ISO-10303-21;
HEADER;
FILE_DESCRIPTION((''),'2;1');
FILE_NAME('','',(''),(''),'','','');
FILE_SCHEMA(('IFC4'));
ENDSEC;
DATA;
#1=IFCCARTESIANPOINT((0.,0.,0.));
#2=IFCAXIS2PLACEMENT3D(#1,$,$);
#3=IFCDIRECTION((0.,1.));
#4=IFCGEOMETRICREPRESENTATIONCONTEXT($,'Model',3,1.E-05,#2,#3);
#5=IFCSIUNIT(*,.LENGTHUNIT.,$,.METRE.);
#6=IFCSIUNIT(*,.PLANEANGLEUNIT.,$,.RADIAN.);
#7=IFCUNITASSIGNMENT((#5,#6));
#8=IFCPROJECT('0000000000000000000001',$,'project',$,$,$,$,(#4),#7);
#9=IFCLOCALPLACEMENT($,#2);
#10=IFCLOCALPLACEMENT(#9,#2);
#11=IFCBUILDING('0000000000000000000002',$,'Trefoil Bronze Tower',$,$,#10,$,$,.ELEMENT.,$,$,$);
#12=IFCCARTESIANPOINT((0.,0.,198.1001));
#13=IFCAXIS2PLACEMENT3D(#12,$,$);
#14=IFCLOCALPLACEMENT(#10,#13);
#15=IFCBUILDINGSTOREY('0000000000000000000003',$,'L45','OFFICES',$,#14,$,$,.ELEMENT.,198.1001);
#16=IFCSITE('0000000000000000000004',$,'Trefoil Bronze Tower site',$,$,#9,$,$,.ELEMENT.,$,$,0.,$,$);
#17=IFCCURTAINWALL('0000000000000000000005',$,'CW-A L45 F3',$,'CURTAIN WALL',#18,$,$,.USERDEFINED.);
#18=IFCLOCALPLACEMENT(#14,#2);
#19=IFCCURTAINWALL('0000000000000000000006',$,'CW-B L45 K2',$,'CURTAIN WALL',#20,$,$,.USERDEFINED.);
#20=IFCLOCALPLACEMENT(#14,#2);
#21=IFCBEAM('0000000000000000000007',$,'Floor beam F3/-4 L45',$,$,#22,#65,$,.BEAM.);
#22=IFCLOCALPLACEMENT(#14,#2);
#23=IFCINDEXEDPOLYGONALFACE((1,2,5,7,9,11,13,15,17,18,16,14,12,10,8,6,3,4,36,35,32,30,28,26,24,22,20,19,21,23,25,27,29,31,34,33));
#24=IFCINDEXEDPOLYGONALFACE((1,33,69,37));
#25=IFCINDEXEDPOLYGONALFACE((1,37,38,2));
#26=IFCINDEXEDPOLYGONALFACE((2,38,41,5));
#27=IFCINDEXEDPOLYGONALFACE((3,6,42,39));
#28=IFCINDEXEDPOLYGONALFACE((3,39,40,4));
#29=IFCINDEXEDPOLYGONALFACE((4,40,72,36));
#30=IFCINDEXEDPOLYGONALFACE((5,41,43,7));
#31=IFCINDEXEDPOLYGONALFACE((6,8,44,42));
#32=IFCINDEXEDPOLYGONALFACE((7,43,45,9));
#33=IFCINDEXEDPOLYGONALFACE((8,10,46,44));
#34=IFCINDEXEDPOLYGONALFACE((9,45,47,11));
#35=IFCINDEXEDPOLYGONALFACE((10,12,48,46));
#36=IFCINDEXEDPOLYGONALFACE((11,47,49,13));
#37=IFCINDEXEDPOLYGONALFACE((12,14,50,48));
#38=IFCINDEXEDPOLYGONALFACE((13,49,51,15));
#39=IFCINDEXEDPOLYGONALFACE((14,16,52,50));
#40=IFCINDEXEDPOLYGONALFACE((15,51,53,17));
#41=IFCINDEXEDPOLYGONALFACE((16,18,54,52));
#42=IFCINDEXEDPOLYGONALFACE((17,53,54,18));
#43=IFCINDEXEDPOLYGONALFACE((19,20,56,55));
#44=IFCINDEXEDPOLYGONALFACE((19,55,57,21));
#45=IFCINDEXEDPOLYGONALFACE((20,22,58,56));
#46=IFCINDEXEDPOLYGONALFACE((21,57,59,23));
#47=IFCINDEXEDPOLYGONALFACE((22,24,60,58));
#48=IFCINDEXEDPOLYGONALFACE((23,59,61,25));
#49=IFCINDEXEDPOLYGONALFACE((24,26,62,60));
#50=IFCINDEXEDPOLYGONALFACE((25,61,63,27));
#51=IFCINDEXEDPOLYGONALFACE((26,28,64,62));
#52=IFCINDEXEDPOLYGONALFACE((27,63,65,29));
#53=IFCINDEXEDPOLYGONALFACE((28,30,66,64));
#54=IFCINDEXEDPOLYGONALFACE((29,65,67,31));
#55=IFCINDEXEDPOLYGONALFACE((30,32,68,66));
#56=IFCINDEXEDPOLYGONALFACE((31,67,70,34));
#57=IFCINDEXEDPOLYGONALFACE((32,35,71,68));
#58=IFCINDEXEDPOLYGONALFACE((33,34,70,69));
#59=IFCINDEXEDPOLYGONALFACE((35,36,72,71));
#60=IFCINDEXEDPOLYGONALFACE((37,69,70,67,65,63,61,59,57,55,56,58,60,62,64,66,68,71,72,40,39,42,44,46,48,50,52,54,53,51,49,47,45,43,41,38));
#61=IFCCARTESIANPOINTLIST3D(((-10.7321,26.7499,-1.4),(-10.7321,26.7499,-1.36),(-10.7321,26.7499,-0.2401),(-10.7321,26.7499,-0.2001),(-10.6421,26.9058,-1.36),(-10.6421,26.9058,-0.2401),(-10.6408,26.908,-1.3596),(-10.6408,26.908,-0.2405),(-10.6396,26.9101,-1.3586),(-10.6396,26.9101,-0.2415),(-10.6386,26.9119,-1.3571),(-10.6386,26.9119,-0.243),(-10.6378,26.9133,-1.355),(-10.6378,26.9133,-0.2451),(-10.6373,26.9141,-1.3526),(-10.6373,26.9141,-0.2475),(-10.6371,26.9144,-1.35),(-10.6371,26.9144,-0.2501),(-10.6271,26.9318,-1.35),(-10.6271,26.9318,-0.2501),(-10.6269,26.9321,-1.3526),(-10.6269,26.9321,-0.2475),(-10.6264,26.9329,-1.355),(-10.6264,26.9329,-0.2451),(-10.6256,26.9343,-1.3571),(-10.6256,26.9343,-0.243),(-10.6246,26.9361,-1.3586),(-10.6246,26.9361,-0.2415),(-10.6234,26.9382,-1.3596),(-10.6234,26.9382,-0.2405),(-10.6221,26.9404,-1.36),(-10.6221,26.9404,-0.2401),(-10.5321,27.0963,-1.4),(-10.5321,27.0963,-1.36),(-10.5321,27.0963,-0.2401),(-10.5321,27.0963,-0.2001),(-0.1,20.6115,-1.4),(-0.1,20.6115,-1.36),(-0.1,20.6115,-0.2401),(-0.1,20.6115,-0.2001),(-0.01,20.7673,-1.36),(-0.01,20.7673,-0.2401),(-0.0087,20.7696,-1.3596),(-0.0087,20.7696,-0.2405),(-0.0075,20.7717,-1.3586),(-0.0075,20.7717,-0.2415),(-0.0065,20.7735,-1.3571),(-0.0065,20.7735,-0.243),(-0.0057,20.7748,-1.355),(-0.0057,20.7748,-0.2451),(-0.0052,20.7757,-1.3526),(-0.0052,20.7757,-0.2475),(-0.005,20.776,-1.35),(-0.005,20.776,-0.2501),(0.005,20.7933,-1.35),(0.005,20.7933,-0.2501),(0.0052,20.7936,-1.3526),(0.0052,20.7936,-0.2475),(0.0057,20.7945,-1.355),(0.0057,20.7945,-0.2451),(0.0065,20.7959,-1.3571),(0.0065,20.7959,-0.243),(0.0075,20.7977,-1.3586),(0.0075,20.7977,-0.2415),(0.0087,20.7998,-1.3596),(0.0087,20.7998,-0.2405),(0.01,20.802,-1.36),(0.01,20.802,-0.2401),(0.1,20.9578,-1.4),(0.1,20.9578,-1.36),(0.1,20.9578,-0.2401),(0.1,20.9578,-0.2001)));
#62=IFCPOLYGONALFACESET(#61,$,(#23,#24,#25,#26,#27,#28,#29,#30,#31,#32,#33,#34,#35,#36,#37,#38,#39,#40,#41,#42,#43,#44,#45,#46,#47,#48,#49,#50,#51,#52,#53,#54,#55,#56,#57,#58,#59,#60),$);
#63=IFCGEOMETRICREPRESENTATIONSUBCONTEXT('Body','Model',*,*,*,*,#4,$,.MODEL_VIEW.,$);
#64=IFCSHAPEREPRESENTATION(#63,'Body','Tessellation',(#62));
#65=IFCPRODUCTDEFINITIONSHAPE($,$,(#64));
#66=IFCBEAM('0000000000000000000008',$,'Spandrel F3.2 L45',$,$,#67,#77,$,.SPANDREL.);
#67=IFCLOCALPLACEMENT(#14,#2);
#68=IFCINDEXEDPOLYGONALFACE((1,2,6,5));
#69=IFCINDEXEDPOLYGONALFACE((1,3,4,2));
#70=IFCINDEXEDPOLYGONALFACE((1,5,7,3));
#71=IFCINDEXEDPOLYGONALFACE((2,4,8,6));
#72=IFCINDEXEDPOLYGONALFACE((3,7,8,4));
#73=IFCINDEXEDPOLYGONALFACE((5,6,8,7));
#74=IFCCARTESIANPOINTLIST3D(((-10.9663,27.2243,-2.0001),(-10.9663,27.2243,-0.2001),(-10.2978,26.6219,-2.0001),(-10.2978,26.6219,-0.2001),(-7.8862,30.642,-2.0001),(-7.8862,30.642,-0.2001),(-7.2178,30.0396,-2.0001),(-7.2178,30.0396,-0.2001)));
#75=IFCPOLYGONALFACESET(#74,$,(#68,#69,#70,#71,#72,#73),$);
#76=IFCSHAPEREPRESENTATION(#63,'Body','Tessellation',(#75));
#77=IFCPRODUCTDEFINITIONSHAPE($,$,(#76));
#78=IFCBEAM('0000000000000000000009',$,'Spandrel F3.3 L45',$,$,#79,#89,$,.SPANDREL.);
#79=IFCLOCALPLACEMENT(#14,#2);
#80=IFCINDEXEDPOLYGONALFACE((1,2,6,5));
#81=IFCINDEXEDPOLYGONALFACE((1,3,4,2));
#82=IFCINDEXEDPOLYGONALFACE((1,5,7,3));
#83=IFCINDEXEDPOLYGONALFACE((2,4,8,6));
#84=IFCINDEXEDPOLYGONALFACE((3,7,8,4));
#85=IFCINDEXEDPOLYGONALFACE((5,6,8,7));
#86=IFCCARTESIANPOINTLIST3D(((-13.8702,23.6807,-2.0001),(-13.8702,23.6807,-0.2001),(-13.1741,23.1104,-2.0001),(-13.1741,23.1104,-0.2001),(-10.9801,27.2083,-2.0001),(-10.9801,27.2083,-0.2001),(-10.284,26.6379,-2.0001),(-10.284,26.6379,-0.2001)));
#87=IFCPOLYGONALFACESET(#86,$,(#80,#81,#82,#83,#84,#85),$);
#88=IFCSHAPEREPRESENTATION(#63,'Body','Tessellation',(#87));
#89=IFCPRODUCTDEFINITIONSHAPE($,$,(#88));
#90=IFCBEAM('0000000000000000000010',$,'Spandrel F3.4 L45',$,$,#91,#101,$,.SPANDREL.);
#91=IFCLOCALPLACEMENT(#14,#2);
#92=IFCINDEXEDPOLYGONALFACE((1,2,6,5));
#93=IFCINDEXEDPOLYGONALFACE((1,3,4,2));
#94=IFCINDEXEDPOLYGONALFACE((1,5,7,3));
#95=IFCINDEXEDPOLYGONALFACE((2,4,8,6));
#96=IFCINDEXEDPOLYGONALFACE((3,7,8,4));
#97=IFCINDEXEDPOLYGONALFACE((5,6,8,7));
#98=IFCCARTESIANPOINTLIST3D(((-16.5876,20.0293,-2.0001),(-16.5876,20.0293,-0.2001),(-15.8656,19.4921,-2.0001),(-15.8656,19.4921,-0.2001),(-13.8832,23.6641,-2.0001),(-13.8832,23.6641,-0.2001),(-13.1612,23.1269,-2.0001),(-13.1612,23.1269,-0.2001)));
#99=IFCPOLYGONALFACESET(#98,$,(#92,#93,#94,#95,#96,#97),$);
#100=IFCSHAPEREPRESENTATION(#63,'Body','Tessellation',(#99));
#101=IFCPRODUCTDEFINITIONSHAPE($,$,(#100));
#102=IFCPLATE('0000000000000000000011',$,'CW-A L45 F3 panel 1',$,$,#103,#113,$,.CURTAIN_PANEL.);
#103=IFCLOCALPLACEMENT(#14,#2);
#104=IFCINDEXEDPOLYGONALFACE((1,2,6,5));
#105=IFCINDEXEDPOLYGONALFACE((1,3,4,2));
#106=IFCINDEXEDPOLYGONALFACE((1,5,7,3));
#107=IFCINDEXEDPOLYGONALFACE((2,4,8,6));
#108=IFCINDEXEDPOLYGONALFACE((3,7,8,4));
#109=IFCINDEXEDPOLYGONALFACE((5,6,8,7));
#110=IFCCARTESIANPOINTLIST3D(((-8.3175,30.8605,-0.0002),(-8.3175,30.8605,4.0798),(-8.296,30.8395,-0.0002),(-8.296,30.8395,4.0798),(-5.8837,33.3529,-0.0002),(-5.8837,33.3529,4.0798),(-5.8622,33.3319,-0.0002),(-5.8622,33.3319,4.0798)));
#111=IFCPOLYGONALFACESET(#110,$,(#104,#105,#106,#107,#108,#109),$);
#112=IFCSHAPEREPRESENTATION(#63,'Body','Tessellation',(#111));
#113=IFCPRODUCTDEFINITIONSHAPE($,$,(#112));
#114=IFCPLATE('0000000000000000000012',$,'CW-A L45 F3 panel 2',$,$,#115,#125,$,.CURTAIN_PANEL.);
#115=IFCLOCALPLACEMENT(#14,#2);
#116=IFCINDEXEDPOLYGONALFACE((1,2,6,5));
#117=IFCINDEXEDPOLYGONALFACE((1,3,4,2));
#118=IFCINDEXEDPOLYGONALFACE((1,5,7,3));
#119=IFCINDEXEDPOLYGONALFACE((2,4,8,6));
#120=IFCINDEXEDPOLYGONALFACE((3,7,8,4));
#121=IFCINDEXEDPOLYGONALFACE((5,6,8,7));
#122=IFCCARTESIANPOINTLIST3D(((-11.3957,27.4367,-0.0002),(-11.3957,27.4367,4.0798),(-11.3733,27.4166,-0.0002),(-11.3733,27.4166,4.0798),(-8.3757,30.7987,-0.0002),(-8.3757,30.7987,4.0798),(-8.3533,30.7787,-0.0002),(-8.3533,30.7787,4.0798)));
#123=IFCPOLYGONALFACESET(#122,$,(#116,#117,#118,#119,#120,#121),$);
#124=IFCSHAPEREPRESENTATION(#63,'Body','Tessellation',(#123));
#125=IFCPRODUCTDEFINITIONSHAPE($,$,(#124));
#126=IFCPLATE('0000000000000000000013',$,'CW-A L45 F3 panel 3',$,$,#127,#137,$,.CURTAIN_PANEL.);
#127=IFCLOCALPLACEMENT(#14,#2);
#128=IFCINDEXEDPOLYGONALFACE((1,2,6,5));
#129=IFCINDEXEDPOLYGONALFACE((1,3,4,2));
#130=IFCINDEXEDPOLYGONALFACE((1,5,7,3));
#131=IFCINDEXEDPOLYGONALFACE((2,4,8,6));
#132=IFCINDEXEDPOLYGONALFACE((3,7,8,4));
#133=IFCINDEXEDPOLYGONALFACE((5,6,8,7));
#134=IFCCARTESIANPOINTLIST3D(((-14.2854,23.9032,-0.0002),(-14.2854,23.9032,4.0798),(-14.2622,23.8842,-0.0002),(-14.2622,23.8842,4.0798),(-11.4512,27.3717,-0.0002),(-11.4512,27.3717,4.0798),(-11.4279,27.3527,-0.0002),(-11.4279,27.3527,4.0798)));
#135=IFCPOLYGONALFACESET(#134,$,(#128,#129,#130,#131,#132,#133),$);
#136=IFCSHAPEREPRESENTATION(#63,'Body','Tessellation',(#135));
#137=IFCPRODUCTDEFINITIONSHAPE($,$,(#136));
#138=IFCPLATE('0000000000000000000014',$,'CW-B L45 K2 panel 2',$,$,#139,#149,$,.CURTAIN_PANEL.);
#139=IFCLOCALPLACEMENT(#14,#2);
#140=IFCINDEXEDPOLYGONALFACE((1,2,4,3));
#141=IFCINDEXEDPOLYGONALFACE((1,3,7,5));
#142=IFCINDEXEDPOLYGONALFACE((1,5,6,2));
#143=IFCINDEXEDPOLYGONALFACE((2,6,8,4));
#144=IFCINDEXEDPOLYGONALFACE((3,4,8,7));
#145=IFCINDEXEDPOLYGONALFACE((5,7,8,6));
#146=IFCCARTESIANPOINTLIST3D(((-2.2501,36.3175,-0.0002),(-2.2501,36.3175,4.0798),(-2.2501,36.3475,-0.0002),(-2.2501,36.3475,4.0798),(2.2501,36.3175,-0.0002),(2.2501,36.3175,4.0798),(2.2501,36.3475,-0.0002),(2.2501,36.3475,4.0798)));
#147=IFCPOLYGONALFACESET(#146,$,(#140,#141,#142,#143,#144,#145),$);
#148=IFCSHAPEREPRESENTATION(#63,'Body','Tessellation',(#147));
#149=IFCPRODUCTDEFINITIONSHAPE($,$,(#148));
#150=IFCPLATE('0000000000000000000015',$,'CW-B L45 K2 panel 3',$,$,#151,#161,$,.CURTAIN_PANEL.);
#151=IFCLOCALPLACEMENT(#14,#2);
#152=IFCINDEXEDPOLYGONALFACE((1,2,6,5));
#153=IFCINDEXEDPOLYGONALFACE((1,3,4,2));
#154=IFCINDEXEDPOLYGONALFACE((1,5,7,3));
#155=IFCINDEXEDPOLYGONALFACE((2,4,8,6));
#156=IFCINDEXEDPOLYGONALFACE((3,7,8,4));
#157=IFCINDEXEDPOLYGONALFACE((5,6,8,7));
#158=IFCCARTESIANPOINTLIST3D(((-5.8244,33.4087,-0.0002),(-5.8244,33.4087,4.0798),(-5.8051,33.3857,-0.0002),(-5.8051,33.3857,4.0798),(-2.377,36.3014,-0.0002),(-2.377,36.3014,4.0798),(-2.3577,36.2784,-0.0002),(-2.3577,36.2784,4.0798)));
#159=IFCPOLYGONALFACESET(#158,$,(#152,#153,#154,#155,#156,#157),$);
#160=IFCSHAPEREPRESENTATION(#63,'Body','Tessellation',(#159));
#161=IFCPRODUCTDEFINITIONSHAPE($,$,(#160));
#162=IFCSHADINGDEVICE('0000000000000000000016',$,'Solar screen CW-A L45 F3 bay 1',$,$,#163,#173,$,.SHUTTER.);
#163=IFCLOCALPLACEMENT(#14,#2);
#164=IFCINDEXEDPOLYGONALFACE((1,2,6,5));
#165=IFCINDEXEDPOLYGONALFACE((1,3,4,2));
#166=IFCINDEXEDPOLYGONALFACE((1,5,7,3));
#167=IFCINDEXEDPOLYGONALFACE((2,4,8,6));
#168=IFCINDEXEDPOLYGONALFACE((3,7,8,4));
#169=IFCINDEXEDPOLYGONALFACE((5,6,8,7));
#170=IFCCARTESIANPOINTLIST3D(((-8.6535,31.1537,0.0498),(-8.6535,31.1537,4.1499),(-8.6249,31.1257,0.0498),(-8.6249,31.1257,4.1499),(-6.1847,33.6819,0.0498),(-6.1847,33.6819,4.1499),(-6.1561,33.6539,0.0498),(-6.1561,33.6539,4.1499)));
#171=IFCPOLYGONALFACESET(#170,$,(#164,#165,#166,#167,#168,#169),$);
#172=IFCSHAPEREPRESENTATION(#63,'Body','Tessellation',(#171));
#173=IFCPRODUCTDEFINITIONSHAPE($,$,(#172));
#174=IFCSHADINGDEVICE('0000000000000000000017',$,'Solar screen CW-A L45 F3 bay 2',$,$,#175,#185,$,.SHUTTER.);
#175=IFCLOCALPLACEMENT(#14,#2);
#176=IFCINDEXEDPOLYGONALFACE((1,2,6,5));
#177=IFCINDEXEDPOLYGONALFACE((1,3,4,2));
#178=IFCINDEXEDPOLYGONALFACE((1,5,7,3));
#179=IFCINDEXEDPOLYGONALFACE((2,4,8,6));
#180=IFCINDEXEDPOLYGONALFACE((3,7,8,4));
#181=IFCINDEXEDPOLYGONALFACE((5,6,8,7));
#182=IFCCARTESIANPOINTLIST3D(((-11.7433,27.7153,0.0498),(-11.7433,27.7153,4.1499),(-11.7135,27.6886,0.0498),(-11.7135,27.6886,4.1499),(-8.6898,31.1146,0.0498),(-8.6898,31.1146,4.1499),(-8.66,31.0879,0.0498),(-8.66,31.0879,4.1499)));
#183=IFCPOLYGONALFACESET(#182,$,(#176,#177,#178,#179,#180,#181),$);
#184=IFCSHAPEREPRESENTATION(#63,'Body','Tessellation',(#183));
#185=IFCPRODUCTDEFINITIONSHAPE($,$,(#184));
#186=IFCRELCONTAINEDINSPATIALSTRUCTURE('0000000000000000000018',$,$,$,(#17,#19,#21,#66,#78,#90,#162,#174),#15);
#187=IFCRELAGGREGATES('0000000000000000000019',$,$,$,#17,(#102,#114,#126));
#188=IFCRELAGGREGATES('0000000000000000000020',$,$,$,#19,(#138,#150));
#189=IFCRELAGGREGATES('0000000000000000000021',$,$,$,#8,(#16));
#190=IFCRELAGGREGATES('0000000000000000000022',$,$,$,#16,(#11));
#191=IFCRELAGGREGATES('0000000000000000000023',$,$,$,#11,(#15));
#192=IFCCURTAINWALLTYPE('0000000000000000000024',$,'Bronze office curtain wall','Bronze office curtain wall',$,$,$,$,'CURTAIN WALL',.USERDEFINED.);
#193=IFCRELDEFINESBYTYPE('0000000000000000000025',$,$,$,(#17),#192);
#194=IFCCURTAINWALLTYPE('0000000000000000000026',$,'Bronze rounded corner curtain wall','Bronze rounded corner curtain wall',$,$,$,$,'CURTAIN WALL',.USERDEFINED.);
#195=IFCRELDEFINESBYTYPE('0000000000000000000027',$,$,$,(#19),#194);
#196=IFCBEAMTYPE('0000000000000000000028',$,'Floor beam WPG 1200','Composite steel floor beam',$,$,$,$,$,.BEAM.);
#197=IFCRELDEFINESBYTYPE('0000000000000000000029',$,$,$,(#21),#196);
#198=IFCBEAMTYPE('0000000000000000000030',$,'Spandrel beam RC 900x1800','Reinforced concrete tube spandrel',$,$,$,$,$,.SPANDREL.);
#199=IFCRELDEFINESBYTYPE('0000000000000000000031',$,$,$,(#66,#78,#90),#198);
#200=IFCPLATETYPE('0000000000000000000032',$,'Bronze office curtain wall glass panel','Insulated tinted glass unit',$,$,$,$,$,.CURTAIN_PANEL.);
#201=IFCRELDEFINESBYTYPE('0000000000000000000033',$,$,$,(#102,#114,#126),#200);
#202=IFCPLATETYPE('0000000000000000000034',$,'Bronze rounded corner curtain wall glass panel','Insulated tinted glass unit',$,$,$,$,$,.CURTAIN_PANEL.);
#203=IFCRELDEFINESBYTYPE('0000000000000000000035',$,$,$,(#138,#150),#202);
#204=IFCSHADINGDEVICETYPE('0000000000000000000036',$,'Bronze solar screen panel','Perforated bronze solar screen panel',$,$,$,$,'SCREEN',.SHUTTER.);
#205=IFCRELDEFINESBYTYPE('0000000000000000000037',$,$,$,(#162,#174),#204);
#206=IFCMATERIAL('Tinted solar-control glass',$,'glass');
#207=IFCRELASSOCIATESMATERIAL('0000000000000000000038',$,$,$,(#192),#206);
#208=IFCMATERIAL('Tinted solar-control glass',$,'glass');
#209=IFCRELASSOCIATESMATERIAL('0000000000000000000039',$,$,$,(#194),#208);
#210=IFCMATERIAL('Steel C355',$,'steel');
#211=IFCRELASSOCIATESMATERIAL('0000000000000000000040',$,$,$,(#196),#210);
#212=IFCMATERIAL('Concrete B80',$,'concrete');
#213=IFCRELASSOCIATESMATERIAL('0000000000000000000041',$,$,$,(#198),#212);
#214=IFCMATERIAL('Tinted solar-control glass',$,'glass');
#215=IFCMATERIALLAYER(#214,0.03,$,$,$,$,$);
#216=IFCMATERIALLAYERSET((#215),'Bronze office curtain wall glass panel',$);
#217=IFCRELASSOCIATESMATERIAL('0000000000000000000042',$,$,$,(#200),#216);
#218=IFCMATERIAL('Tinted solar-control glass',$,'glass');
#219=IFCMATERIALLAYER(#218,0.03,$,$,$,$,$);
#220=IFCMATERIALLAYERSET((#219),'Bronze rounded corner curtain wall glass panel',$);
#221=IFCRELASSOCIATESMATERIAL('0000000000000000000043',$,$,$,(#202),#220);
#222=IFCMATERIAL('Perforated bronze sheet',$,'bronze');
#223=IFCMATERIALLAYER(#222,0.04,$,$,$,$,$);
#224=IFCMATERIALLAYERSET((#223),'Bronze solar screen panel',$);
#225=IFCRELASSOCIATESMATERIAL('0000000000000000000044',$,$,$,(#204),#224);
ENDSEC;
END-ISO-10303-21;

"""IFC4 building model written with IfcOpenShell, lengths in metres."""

from ifc_helpers import new_model, si_unit, direction, frame, origin, origin_2d, place, context, subcontext, project, spatial, rectangle, i_section, extrude, material, layer, layer_set, material_profile, profile_set, type_object, element, aggregate, save


model = new_model("IFC4")

# Units and contexts
model_context = context("Model", 3, precision=1e-05, world=origin(), true_north=direction((0.0, 1.0)))
body_context = subcontext(model_context, "Body", "Model", "MODEL_VIEW")
ifc_project = project(units=[si_unit("LENGTHUNIT", "METRE"), si_unit("PLANEANGLEUNIT", "RADIAN")], contexts=[model_context])

# Site, building, storey
site_placement = place(None, origin())
site = spatial("IfcSite", under=ifc_project, at=site_placement, Name="Trefoil Bronze Tower site", CompositionType="ELEMENT", RefElevation=0.0)
building_placement = place(site_placement, origin())
building = spatial("IfcBuilding", under=site, at=building_placement, Name="Trefoil Bronze Tower", CompositionType="ELEMENT")
storey_placement = place(building_placement, frame((0.0, 0.0, 198.1001)))
storey = spatial("IfcBuildingStorey", under=building, at=storey_placement, Name="L45", Description="OFFICES", CompositionType="ELEMENT", Elevation=198.1001)

# Curtain walls
ifc_material_1 = material(Name="Tinted solar-control glass", Category="glass")
curtain_wall_type_1 = type_object("IfcCurtainWallType", Name="Bronze office curtain wall", Description="Bronze office curtain wall", ElementType="CURTAIN WALL", PredefinedType="USERDEFINED", material=ifc_material_1)
curtain_wall_1_placement = place(storey_placement, origin())
curtain_wall_1 = element("IfcCurtainWall", 1, at=curtain_wall_1_placement, inside=storey, type_object=curtain_wall_type_1, Name="CW-A L45 F3", ObjectType="CURTAIN WALL", PredefinedType="USERDEFINED")
ifc_material_2 = material(Name="Tinted solar-control glass", Category="glass")
curtain_wall_type_2 = type_object("IfcCurtainWallType", Name="Bronze rounded corner curtain wall", Description="Bronze rounded corner curtain wall", ElementType="CURTAIN WALL", PredefinedType="USERDEFINED", material=ifc_material_2)
curtain_wall_2_placement = place(storey_placement, origin())
curtain_wall_2 = element("IfcCurtainWall", 2, at=curtain_wall_2_placement, inside=storey, type_object=curtain_wall_type_2, Name="CW-B L45 K2", ObjectType="CURTAIN WALL", PredefinedType="USERDEFINED")

# Beams
ifc_material_3 = material(Name="Steel C355", Category="steel")
ifc_material_profile_1 = material_profile(ifc_material_3, i_section(OverallWidth=0.3999, OverallDepth=1.2, WebThickness=0.02, FlangeThickness=0.04, FilletRadius=0.01, at=origin_2d()), Name="WPG 1200")
ifc_profile_set_1 = profile_set([ifc_material_profile_1], Name="Steel C355")
beam_type_1 = type_object("IfcBeamType", Name="Floor beam WPG 1200", Description="Composite steel floor beam", PredefinedType="BEAM", material=ifc_profile_set_1)
beam_1_placement = place(storey_placement, frame((-10.6321, 26.9231, -0.8), z_axis=(0.866026, -0.5, 0.0), x_axis=(0.5, 0.866026, 0.0)))
element("IfcBeam", 3, at=beam_1_placement, inside=storey, type_object=beam_type_1, Name="Floor beam F3/-4 L45", PredefinedType="BEAM", context=body_context, shape_type="SweptSolid", body=[
    extrude(i_section(OverallWidth=0.3999, OverallDepth=1.2, WebThickness=0.02, FlangeThickness=0.04, FilletRadius=0.01, at=origin_2d()), origin(), (0.0, 0.0, 1.0), 12.2769),
])
ifc_material_4 = material(Name="Concrete B80", Category="concrete")
ifc_material_profile_2 = material_profile(ifc_material_4, rectangle(XDim=0.8999, YDim=1.8, at=origin_2d()), Name="RC 900x1800")
ifc_profile_set_2 = profile_set([ifc_material_profile_2], Name="Concrete B80")
beam_type_2 = type_object("IfcBeamType", Name="Spandrel beam RC 900x1800", Description="Reinforced concrete tube spandrel", PredefinedType="SPANDREL", material=ifc_profile_set_2)
beam_2_placement = place(storey_placement, frame((-7.552, 30.3408, -1.1001), z_axis=(-0.66946, -0.742848, 0.0), x_axis=(0.742848, -0.66946, 0.0)))
element("IfcBeam", 4, at=beam_2_placement, inside=storey, type_object=beam_type_2, Name="Spandrel F3.2 L45", PredefinedType="SPANDREL", context=body_context, shape_type="SweptSolid", body=[
    extrude(rectangle(XDim=0.8999, YDim=1.8, at=origin_2d()), origin(), (0.0, 0.0, 1.0), 4.6008),
])
beam_3_placement = place(storey_placement, frame((-10.6321, 26.9231, -1.1001), z_axis=(-0.633754, -0.773535, 0.0), x_axis=(0.773535, -0.633754, 0.0)))
element("IfcBeam", 5, at=beam_3_placement, inside=storey, type_object=beam_type_2, Name="Spandrel F3.3 L45", PredefinedType="SPANDREL", context=body_context, shape_type="SweptSolid", body=[
    extrude(rectangle(XDim=0.8999, YDim=1.8, at=origin_2d()), origin(), (0.0, 0.0, 1.0), 4.5603),
])
beam_4_placement = place(storey_placement, frame((-13.5222, 23.3955, -1.1001), z_axis=(-0.596926, -0.802296, 0.0), x_axis=(0.802296, -0.596926, 0.0)))
element("IfcBeam", 6, at=beam_4_placement, inside=storey, type_object=beam_type_2, Name="Spandrel F3.4 L45", PredefinedType="SPANDREL", context=body_context, shape_type="SweptSolid", body=[
    extrude(rectangle(XDim=0.8999, YDim=1.8, at=origin_2d()), origin(), (0.0, 0.0, 1.0), 4.5305),
])

# Plates
ifc_material_5 = material(Name="Tinted solar-control glass", Category="glass")
ifc_layer_1 = layer(ifc_material_5, 0.03)
ifc_layer_set_1 = layer_set([ifc_layer_1], Name="Bronze office curtain wall glass panel")
plate_type_1 = type_object("IfcPlateType", Name="Bronze office curtain wall glass panel", Description="Insulated tinted glass unit", PredefinedType="CURTAIN_PANEL", material=ifc_layer_set_1)
plate_1_placement = place(storey_placement, frame((-7.0898, 32.0962, -0.0002), z_axis=(0.0, 0.0, 1.0), x_axis=(-0.698652, -0.715462, 0.0)))
plate_1 = element("IfcPlate", 7, at=plate_1_placement, type_object=plate_type_1, Name="CW-A L45 F3 panel 1", PredefinedType="CURTAIN_PANEL", context=body_context, shape_type="SweptSolid", body=[
    extrude(rectangle(XDim=3.4836, YDim=0.03, at=origin_2d()), origin(), (0.0, 0.0, 1.0), 4.0801),
])
plate_2_placement = place(storey_placement, frame((-9.8745, 29.1077, -0.0002), z_axis=(0.0, 0.0, 1.0), x_axis=(-0.668246, -0.743941, 0.0)))
plate_2 = element("IfcPlate", 8, at=plate_2_placement, type_object=plate_type_1, Name="CW-A L45 F3 panel 2", PredefinedType="CURTAIN_PANEL", context=body_context, shape_type="SweptSolid", body=[
    extrude(rectangle(XDim=4.5193, YDim=0.03, at=origin_2d()), origin(), (0.0, 0.0, 1.0), 4.0801),
])
plate_3_placement = place(storey_placement, frame((-12.8567, 25.6279, -0.0002), z_axis=(0.0, 0.0, 1.0), x_axis=(-0.632753, -0.774354, 0.0)))
plate_3 = element("IfcPlate", 9, at=plate_3_placement, type_object=plate_type_1, Name="CW-A L45 F3 panel 3", PredefinedType="CURTAIN_PANEL", context=body_context, shape_type="SweptSolid", body=[
    extrude(rectangle(XDim=4.4792, YDim=0.03, at=origin_2d()), origin(), (0.0, 0.0, 1.0), 4.0801),
])
aggregate(curtain_wall_1, [plate_1, plate_2, plate_3])
ifc_material_6 = material(Name="Tinted solar-control glass", Category="glass")
ifc_layer_2 = layer(ifc_material_6, 0.03)
ifc_layer_set_2 = layer_set([ifc_layer_2], Name="Bronze rounded corner curtain wall glass panel")
plate_type_2 = type_object("IfcPlateType", Name="Bronze rounded corner curtain wall glass panel", Description="Insulated tinted glass unit", PredefinedType="CURTAIN_PANEL", material=ifc_layer_set_2)
plate_4_placement = place(storey_placement, frame((0.0, 36.3325, -0.0002), z_axis=(0.0, 0.0, 1.0), x_axis=(-1.0, 0.0, 0.0)))
plate_4 = element("IfcPlate", 10, at=plate_4_placement, type_object=plate_type_2, Name="CW-B L45 K2 panel 2", PredefinedType="CURTAIN_PANEL", context=body_context, shape_type="SweptSolid", body=[
    extrude(rectangle(XDim=4.5002, YDim=0.03, at=origin_2d()), origin(), (0.0, 0.0, 1.0), 4.0801),
])
plate_5_placement = place(storey_placement, frame((-4.0911, 34.8435, -0.0002), z_axis=(0.0, 0.0, 1.0), x_axis=(-0.766044, -0.642788, 0.0)))
plate_5 = element("IfcPlate", 11, at=plate_5_placement, type_object=plate_type_2, Name="CW-B L45 K2 panel 3", PredefinedType="CURTAIN_PANEL", context=body_context, shape_type="SweptSolid", body=[
    extrude(rectangle(XDim=4.5002, YDim=0.03, at=origin_2d()), origin(), (0.0, 0.0, 1.0), 4.0801),
])
aggregate(curtain_wall_2, [plate_4, plate_5])

# Shading devices
ifc_material_7 = material(Name="Perforated bronze sheet", Category="bronze")
ifc_layer_3 = layer(ifc_material_7, 0.04)
ifc_layer_set_3 = layer_set([ifc_layer_3], Name="Bronze solar screen panel")
shading_device_type = type_object("IfcShadingDeviceType", Name="Bronze solar screen panel", Description="Perforated bronze solar screen panel", ElementType="SCREEN", PredefinedType="SHUTTER", material=ifc_layer_set_3)
shading_device_1_placement = place(storey_placement, frame((-7.4048, 32.4038, 0.0498), z_axis=(0.0, 0.0, 1.0), x_axis=(-0.698652, -0.715462, 0.0)))
element("IfcShadingDevice", 12, at=shading_device_1_placement, inside=storey, type_object=shading_device_type, Name="Solar screen CW-A L45 F3 bay 1", PredefinedType="SHUTTER", context=body_context, shape_type="SweptSolid", body=[
    extrude(rectangle(XDim=3.5337, YDim=0.04, at=origin_2d()), origin(), (0.0, 0.0, 1.0), 4.1001),
])
shading_device_2_placement = place(storey_placement, frame((-10.2017, 29.4016, 0.0498), z_axis=(0.0, 0.0, 1.0), x_axis=(-0.668246, -0.743941, 0.0)))
element("IfcShadingDevice", 13, at=shading_device_2_placement, inside=storey, type_object=shading_device_type, Name="Solar screen CW-A L45 F3 bay 2", PredefinedType="SHUTTER", context=body_context, shape_type="SweptSolid", body=[
    extrude(rectangle(XDim=4.5693, YDim=0.04, at=origin_2d()), origin(), (0.0, 0.0, 1.0), 4.1001),
])

save(model, "model.ifc")
